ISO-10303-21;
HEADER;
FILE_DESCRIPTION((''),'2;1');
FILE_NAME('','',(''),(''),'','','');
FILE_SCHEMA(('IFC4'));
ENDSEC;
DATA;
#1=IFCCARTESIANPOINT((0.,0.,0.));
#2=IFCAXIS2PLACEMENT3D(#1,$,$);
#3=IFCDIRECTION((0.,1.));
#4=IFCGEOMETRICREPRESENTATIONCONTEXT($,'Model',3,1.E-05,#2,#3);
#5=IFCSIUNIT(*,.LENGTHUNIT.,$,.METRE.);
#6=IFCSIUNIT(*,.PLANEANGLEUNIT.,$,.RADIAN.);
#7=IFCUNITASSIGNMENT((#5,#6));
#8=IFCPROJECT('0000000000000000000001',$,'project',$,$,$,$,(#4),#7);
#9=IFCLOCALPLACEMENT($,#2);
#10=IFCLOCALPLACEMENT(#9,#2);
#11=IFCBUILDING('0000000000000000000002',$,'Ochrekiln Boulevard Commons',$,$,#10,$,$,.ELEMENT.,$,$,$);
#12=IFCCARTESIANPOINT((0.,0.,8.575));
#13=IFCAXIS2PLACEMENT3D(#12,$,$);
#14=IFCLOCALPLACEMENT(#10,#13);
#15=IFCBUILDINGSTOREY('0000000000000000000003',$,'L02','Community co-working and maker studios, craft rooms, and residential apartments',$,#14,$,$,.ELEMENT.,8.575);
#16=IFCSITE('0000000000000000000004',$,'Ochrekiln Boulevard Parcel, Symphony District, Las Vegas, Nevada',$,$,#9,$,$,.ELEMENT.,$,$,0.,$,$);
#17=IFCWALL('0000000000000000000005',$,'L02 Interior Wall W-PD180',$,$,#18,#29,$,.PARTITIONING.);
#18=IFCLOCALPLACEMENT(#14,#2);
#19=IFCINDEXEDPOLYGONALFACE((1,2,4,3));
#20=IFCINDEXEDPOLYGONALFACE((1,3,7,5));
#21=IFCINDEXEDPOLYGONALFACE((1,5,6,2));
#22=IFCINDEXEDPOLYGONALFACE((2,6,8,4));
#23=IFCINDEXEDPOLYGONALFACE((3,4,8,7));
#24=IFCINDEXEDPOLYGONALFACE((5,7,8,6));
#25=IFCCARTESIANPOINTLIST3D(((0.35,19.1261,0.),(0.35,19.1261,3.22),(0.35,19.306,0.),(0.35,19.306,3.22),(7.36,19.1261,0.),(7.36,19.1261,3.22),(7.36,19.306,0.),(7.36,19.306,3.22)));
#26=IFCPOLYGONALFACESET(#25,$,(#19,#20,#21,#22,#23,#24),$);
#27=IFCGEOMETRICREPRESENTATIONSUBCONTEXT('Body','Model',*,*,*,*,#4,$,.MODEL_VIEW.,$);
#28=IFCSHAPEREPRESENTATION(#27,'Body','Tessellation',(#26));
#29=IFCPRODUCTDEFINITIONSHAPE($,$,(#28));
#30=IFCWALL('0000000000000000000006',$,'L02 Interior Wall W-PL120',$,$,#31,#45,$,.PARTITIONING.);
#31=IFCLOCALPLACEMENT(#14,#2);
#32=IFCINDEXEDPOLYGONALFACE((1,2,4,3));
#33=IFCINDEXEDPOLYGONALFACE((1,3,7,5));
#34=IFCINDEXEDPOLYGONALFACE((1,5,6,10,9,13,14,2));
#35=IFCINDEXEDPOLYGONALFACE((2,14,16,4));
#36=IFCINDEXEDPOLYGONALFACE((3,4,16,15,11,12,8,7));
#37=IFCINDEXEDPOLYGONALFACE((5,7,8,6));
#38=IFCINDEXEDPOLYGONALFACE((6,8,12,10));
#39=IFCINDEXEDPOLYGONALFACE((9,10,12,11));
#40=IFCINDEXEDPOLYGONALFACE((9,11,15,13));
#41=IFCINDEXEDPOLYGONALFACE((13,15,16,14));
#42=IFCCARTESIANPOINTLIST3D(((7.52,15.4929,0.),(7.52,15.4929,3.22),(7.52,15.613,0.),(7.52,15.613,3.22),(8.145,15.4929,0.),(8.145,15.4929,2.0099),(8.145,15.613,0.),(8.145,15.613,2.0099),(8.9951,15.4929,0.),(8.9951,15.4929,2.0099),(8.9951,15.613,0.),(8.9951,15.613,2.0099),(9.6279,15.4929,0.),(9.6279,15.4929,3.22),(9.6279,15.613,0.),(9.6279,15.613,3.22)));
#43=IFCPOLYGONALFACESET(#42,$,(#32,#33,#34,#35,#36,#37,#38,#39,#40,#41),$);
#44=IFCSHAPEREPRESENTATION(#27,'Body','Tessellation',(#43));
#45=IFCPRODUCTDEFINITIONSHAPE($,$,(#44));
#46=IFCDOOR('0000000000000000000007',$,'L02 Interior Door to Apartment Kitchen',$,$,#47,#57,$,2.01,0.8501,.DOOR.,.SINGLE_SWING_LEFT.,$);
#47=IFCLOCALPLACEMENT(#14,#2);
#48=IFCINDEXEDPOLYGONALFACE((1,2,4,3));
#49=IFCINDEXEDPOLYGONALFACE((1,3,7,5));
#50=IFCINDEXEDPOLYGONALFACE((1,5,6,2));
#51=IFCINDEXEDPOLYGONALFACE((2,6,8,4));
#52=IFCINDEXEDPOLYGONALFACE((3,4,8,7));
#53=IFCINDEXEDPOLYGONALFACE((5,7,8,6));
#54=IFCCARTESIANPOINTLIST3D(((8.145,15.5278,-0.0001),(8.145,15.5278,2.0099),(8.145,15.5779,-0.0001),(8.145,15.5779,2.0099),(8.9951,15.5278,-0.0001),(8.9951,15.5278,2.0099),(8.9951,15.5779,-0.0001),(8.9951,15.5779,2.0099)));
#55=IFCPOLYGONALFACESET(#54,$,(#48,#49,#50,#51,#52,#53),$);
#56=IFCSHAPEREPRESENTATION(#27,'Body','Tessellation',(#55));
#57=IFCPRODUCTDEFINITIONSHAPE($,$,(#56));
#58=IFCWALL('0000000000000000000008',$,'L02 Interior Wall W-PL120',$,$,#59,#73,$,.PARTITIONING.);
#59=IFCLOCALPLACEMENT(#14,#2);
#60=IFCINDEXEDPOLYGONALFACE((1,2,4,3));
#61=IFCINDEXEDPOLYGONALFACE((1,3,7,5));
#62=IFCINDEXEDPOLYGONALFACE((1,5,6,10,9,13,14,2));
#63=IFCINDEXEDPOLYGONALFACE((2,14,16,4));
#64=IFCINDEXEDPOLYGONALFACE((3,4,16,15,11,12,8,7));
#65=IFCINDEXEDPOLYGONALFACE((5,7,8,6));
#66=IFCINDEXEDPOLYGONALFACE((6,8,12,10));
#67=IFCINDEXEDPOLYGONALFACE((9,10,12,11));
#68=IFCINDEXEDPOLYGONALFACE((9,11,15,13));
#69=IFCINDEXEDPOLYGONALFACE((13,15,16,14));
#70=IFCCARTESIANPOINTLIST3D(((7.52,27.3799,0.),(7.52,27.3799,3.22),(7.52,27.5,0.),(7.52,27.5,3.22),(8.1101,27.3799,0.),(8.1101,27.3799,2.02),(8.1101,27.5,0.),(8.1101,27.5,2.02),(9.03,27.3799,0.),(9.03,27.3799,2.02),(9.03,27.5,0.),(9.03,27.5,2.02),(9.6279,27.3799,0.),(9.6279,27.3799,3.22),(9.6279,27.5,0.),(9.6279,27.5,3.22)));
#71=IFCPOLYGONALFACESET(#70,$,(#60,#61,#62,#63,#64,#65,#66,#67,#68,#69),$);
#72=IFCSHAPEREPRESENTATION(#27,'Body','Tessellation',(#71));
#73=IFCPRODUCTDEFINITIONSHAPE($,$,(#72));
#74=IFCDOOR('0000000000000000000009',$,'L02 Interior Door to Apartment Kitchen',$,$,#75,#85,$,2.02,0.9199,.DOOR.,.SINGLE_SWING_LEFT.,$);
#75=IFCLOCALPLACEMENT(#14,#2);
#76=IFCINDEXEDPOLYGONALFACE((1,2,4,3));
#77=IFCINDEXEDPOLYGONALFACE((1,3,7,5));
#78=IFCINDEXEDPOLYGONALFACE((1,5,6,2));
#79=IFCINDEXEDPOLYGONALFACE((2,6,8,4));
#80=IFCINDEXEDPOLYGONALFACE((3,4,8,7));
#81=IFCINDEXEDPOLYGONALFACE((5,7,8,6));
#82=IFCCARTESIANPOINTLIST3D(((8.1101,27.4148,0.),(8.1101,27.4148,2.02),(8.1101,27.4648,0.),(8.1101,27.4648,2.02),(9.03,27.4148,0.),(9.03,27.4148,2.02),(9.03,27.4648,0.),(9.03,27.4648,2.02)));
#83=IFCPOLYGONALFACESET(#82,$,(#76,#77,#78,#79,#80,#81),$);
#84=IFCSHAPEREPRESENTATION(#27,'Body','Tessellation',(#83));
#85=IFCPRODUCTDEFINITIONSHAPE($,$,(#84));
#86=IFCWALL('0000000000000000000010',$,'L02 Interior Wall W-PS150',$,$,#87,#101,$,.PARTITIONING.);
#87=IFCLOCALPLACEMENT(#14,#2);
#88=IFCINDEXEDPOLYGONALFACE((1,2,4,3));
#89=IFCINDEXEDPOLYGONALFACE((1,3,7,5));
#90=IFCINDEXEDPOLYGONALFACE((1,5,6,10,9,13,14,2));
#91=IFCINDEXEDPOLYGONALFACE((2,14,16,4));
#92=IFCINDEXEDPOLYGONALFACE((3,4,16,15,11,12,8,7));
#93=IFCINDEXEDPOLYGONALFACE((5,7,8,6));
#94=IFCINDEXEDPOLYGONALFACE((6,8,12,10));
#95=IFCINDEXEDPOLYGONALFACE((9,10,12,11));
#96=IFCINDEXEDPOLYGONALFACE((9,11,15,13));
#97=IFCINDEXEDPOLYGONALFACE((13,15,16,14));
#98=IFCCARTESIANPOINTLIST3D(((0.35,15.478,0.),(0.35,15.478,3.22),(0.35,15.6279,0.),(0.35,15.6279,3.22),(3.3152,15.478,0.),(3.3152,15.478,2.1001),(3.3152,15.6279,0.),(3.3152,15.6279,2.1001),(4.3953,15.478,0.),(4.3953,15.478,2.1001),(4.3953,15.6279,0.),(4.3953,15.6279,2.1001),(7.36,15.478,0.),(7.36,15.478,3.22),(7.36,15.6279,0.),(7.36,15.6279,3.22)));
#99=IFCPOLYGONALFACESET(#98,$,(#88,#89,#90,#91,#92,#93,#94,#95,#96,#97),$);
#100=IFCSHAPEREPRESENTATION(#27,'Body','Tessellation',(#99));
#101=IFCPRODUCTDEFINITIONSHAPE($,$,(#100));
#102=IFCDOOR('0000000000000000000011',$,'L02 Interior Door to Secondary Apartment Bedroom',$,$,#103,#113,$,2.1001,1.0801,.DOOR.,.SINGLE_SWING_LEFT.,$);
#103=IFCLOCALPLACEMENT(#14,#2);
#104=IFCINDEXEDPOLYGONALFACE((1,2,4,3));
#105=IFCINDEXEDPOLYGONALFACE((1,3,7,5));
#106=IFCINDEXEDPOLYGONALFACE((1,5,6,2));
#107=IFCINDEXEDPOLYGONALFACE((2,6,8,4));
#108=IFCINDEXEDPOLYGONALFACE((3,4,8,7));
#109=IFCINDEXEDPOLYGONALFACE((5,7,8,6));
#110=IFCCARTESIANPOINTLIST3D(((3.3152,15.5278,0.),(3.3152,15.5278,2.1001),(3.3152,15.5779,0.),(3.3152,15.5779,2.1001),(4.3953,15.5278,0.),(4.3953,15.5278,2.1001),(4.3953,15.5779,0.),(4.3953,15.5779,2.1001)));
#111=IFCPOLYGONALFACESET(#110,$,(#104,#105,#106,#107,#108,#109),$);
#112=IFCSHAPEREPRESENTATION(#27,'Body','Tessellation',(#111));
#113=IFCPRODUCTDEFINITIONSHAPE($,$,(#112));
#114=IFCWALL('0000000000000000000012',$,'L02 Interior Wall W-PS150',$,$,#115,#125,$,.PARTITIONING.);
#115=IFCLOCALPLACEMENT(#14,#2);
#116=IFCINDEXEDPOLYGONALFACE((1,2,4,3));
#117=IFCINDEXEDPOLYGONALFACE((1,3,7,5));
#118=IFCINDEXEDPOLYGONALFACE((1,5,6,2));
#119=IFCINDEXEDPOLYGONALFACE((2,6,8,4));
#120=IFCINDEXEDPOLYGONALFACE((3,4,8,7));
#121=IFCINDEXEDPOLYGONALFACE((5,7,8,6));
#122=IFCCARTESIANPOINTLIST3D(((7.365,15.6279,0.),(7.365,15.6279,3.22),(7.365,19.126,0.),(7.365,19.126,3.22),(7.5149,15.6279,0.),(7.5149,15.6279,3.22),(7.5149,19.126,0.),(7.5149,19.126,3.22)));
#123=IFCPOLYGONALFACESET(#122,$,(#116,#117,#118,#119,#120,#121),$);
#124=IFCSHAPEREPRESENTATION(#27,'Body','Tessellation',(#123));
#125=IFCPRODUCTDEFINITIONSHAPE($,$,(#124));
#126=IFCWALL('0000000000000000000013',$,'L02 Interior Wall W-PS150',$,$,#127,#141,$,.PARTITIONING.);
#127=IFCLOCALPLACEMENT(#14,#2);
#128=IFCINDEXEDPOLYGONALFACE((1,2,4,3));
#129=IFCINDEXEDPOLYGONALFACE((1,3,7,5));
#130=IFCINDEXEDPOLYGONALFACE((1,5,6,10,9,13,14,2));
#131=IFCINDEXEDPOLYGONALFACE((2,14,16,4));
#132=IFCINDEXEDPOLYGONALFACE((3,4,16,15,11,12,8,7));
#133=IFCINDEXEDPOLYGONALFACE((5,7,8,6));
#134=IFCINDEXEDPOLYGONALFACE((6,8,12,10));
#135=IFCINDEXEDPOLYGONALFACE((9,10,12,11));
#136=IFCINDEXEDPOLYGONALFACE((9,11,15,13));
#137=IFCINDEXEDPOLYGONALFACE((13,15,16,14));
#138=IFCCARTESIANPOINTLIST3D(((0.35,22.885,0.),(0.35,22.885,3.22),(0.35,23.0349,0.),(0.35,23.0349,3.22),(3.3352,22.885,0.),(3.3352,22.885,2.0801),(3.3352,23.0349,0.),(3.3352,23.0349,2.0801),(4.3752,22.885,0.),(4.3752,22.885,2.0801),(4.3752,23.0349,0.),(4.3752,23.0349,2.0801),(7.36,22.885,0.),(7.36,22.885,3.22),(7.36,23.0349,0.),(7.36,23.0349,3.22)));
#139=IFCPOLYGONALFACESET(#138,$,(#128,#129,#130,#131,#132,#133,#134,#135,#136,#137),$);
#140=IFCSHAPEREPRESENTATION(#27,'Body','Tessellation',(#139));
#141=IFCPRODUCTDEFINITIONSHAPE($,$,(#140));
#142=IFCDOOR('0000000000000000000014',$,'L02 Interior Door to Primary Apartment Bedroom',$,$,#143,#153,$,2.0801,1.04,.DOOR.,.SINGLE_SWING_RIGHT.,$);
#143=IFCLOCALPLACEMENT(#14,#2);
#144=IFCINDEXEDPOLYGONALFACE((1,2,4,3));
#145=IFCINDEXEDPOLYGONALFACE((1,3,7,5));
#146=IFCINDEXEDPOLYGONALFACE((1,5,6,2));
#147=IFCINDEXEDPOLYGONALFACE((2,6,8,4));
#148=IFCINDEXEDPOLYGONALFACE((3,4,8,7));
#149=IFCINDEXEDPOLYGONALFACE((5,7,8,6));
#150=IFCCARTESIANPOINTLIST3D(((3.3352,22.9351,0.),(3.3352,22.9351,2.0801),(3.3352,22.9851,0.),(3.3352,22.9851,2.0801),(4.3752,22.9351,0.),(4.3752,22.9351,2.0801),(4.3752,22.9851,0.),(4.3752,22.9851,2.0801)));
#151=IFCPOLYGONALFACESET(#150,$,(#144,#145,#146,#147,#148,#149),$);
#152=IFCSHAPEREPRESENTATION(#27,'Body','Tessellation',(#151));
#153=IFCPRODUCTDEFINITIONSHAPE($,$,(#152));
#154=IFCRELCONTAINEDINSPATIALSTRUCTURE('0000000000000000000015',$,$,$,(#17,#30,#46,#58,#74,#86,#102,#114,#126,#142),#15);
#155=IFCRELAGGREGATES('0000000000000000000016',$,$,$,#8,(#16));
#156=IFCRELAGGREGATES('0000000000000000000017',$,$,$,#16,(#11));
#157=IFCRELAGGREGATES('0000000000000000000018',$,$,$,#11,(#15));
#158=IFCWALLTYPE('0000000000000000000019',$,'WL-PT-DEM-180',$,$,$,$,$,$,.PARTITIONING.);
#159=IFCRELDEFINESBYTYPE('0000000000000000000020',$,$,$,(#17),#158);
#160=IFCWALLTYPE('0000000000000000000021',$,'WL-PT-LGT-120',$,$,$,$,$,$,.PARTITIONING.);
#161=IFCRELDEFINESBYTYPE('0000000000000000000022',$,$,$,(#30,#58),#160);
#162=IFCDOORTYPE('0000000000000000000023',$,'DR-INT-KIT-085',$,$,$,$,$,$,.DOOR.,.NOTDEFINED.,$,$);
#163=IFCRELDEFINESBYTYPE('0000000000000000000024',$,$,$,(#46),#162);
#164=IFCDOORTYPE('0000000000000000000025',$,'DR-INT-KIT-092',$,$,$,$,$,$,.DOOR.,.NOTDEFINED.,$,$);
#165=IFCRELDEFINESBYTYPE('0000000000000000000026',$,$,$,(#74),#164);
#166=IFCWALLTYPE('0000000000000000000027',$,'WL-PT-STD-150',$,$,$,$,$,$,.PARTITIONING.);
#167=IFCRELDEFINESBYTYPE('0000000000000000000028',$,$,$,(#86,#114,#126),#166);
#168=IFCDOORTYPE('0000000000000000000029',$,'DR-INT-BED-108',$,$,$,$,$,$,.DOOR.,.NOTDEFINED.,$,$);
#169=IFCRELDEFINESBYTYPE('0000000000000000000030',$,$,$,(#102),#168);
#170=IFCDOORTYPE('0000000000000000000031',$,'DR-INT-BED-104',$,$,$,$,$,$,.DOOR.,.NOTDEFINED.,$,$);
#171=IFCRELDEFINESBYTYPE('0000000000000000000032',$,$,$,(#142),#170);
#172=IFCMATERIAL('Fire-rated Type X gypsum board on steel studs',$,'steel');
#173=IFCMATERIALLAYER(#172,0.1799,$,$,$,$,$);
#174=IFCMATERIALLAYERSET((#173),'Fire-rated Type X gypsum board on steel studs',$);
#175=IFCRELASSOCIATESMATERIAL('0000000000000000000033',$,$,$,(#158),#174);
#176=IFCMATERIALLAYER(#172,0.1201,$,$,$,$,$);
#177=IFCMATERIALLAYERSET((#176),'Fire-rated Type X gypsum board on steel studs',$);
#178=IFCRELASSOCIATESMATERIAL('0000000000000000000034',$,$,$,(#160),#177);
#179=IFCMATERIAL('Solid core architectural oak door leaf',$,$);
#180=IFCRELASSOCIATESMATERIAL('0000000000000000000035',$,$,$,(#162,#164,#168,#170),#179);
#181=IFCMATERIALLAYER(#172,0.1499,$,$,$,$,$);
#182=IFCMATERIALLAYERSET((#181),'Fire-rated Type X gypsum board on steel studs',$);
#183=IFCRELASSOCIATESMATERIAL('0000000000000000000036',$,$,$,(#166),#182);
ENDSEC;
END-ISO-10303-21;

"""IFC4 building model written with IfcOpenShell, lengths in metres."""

from ifc_helpers import new_model, si_unit, direction, frame, frame_2d, origin, place, context, subcontext, project, spatial, rectangle, extrude, material, layer, layer_set, type_object, element, fill, save


model = new_model("IFC4")

# Units and contexts
model_context = context("Model", 3, precision=1e-05, world=origin(), true_north=direction((0.0, 1.0)))
body_context = subcontext(model_context, "Body", "Model", "MODEL_VIEW")
ifc_project = project(units=[si_unit("LENGTHUNIT", "METRE"), si_unit("PLANEANGLEUNIT", "RADIAN")], contexts=[model_context])

# Site, building, storey
site_placement = place(None, origin())
site = spatial("IfcSite", under=ifc_project, at=site_placement, Name="Ochrekiln Boulevard Parcel, Symphony District, Las Vegas, Nevada", CompositionType="ELEMENT", RefElevation=0.0)
building_placement = place(site_placement, origin())
building = spatial("IfcBuilding", under=site, at=building_placement, Name="Ochrekiln Boulevard Commons", CompositionType="ELEMENT")
storey_placement = place(building_placement, frame((0.0, 0.0, 8.575)))
storey = spatial("IfcBuildingStorey", under=building, at=storey_placement, Name="L02", Description="Community co-working and maker studios, craft rooms, and residential apartments", CompositionType="ELEMENT", Elevation=8.575)

# Shared definitions
ifc_material_1 = material(Name="Solid core architectural oak door leaf")

# Wall
ifc_material_2 = material(Name="Fire-rated Type X gypsum board on steel studs", Category="steel")
ifc_layer_1 = layer(ifc_material_2, 0.1799)
ifc_layer_set_1 = layer_set([ifc_layer_1], Name="Fire-rated Type X gypsum board on steel studs")
wall_type_1 = type_object("IfcWallType", Name="WL-PT-DEM-180", PredefinedType="PARTITIONING", material=ifc_layer_set_1)
wall_1_placement = place(storey_placement, frame((0.3501, 19.2161, 0.0), z_axis=(0.0, 0.0, 1.0), x_axis=(1.0, 0.0, 0.0)))
element("IfcWall", 1, at=wall_1_placement, inside=storey, type_object=wall_type_1, Name="L02 Interior Wall W-PD180", PredefinedType="PARTITIONING", context=body_context, shape_type="SweptSolid", body=[
    extrude(rectangle(XDim=7.01, YDim=0.1799, at=frame_2d((3.5049, 0.0))), origin(), (0.0, 0.0, 1.0), 3.22),
])

# Walls, openings, doors
ifc_layer_2 = layer(ifc_material_2, 0.1201)
ifc_layer_set_2 = layer_set([ifc_layer_2], Name="Fire-rated Type X gypsum board on steel studs")
wall_type_2 = type_object("IfcWallType", Name="WL-PT-LGT-120", PredefinedType="PARTITIONING", material=ifc_layer_set_2)
wall_2_placement = place(storey_placement, frame((7.52, 15.553, 0.0), z_axis=(0.0, 0.0, 1.0), x_axis=(1.0, 0.0, 0.0)))
wall_2 = element("IfcWall", 2, at=wall_2_placement, inside=storey, type_object=wall_type_2, Name="L02 Interior Wall W-PL120", PredefinedType="PARTITIONING", context=body_context, shape_type="SweptSolid", body=[
    extrude(rectangle(XDim=2.1079, YDim=0.1201, at=frame_2d((1.054, 0.0))), origin(), (0.0, 0.0, 1.0), 3.22),
])
opening_1_placement = place(wall_2_placement, frame((0.625, 0.0, 0.0)))
opening_1 = element("IfcOpeningElement", 3, at=opening_1_placement, cuts=wall_2, PredefinedType="OPENING", context=body_context, shape_type="SweptSolid", body=[
    extrude(rectangle(XDim=0.8501, YDim=2.01, at=frame_2d((0.425, 1.0049))), frame((0.0, 0.0701, 0.0), z_axis=(0.0, -1.0, 0.0), x_axis=(1.0, 0.0, 0.0)), (0.0, 0.0, 1.0), 0.1401),
])
door_type_1 = type_object("IfcDoorType", Name="DR-INT-KIT-085", OperationType="NOTDEFINED", PredefinedType="DOOR", material=ifc_material_1)
door_1_placement = place(opening_1_placement, origin())
door_1 = element("IfcDoor", 4, at=door_1_placement, inside=storey, type_object=door_type_1, Name="L02 Interior Door to Apartment Kitchen", OperationType="SINGLE_SWING_LEFT", OverallHeight=2.01, OverallWidth=0.8501, PredefinedType="DOOR", context=body_context, shape_type="SweptSolid", body=[
    extrude(rectangle(XDim=0.8501, YDim=2.01, at=frame_2d((0.425, 1.0049))), frame((0.0, 0.0249, 0.0), z_axis=(0.0, -1.0, 0.0), x_axis=(1.0, 0.0, 0.0)), (0.0, 0.0, 1.0), 0.05),
])
fill(opening_1, door_1)
wall_3_placement = place(storey_placement, frame((7.52, 27.4399, 0.0), z_axis=(0.0, 0.0, 1.0), x_axis=(1.0, 0.0, 0.0)))
wall_3 = element("IfcWall", 5, at=wall_3_placement, inside=storey, type_object=wall_type_2, Name="L02 Interior Wall W-PL120", PredefinedType="PARTITIONING", context=body_context, shape_type="SweptSolid", body=[
    extrude(rectangle(XDim=2.1079, YDim=0.1201, at=frame_2d((1.054, 0.0))), origin(), (0.0, 0.0, 1.0), 3.22),
])
opening_2_placement = place(wall_3_placement, frame((0.5901, 0.0, 0.0)))
opening_2 = element("IfcOpeningElement", 6, at=opening_2_placement, cuts=wall_3, PredefinedType="OPENING", context=body_context, shape_type="SweptSolid", body=[
    extrude(rectangle(XDim=0.9199, YDim=2.02, at=frame_2d((0.46, 1.01))), frame((0.0, 0.0701, 0.0), z_axis=(0.0, -1.0, 0.0), x_axis=(1.0, 0.0, 0.0)), (0.0, 0.0, 1.0), 0.1401),
])
door_type_2 = type_object("IfcDoorType", Name="DR-INT-KIT-092", OperationType="NOTDEFINED", PredefinedType="DOOR", material=ifc_material_1)
door_2_placement = place(opening_2_placement, origin())
door_2 = element("IfcDoor", 7, at=door_2_placement, inside=storey, type_object=door_type_2, Name="L02 Interior Door to Apartment Kitchen", OperationType="SINGLE_SWING_LEFT", OverallHeight=2.02, OverallWidth=0.9199, PredefinedType="DOOR", context=body_context, shape_type="SweptSolid", body=[
    extrude(rectangle(XDim=0.9199, YDim=2.02, at=frame_2d((0.46, 1.01))), frame((0.0, 0.0249, 0.0), z_axis=(0.0, -1.0, 0.0), x_axis=(1.0, 0.0, 0.0)), (0.0, 0.0, 1.0), 0.05),
])
fill(opening_2, door_2)
ifc_layer_3 = layer(ifc_material_2, 0.1499)
ifc_layer_set_3 = layer_set([ifc_layer_3], Name="Fire-rated Type X gypsum board on steel studs")
wall_type_3 = type_object("IfcWallType", Name="WL-PT-STD-150", PredefinedType="PARTITIONING", material=ifc_layer_set_3)
wall_4_placement = place(storey_placement, frame((0.3501, 15.553, 0.0), z_axis=(0.0, 0.0, 1.0), x_axis=(1.0, 0.0, 0.0)))
wall_4 = element("IfcWall", 8, at=wall_4_placement, inside=storey, type_object=wall_type_3, Name="L02 Interior Wall W-PS150", PredefinedType="PARTITIONING", context=body_context, shape_type="SweptSolid", body=[
    extrude(rectangle(XDim=7.01, YDim=0.1499, at=frame_2d((3.5049, 0.0))), origin(), (0.0, 0.0, 1.0), 3.22),
])
opening_3_placement = place(wall_4_placement, frame((2.9651, 0.0, 0.0)))
opening_3 = element("IfcOpeningElement", 9, at=opening_3_placement, cuts=wall_4, PredefinedType="OPENING", context=body_context, shape_type="SweptSolid", body=[
    extrude(rectangle(XDim=1.0801, YDim=2.1001, at=frame_2d((0.54, 1.05))), frame((0.0, 0.085, 0.0), z_axis=(0.0, -1.0, 0.0), x_axis=(1.0, 0.0, 0.0)), (0.0, 0.0, 1.0), 0.1699),
])
door_type_3 = type_object("IfcDoorType", Name="DR-INT-BED-108", OperationType="NOTDEFINED", PredefinedType="DOOR", material=ifc_material_1)
door_3_placement = place(opening_3_placement, origin())
door_3 = element("IfcDoor", 10, at=door_3_placement, inside=storey, type_object=door_type_3, Name="L02 Interior Door to Secondary Apartment Bedroom", OperationType="SINGLE_SWING_LEFT", OverallHeight=2.1001, OverallWidth=1.0801, PredefinedType="DOOR", context=body_context, shape_type="SweptSolid", body=[
    extrude(rectangle(XDim=1.0801, YDim=2.1001, at=frame_2d((0.54, 1.05))), frame((0.0, 0.0249, 0.0), z_axis=(0.0, -1.0, 0.0), x_axis=(1.0, 0.0, 0.0)), (0.0, 0.0, 1.0), 0.05),
])
fill(opening_3, door_3)

# Wall
wall_5_placement = place(storey_placement, frame((7.4399, 15.6279, 0.0), z_axis=(0.0, 0.0, 1.0), x_axis=(0.0, 1.0, 0.0)))
element("IfcWall", 11, at=wall_5_placement, inside=storey, type_object=wall_type_3, Name="L02 Interior Wall W-PS150", PredefinedType="PARTITIONING", context=body_context, shape_type="SweptSolid", body=[
    extrude(rectangle(XDim=3.498, YDim=0.1499, at=frame_2d((1.749, 0.0))), origin(), (0.0, 0.0, 1.0), 3.22),
])

# Wall, opening, door
wall_6_placement = place(storey_placement, frame((0.3501, 22.96, 0.0), z_axis=(0.0, 0.0, 1.0), x_axis=(1.0, 0.0, 0.0)))
wall_6 = element("IfcWall", 12, at=wall_6_placement, inside=storey, type_object=wall_type_3, Name="L02 Interior Wall W-PS150", PredefinedType="PARTITIONING", context=body_context, shape_type="SweptSolid", body=[
    extrude(rectangle(XDim=7.01, YDim=0.1499, at=frame_2d((3.5049, 0.0))), origin(), (0.0, 0.0, 1.0), 3.22),
])
opening_4_placement = place(wall_6_placement, frame((2.9851, 0.0, 0.0)))
opening_4 = element("IfcOpeningElement", 13, at=opening_4_placement, cuts=wall_6, PredefinedType="OPENING", context=body_context, shape_type="SweptSolid", body=[
    extrude(rectangle(XDim=1.04, YDim=2.0801, at=frame_2d((0.52, 1.04))), frame((0.0, 0.085, 0.0), z_axis=(0.0, -1.0, 0.0), x_axis=(1.0, 0.0, 0.0)), (0.0, 0.0, 1.0), 0.1699),
])
door_type_4 = type_object("IfcDoorType", Name="DR-INT-BED-104", OperationType="NOTDEFINED", PredefinedType="DOOR", material=ifc_material_1)
door_4_placement = place(opening_4_placement, frame((1.04, 0.0, 0.0), z_axis=(0.0, 0.0, 1.0), x_axis=(-1.0, 0.0, 0.0)))
door_4 = element("IfcDoor", 14, at=door_4_placement, inside=storey, type_object=door_type_4, Name="L02 Interior Door to Primary Apartment Bedroom", OperationType="SINGLE_SWING_RIGHT", OverallHeight=2.0801, OverallWidth=1.04, PredefinedType="DOOR", context=body_context, shape_type="SweptSolid", body=[
    extrude(rectangle(XDim=1.04, YDim=2.0801, at=frame_2d((0.52, 1.04))), frame((0.0, 0.0249, 0.0), z_axis=(0.0, -1.0, 0.0), x_axis=(1.0, 0.0, 0.0)), (0.0, 0.0, 1.0), 0.05),
])
fill(opening_4, door_4)

save(model, "model.ifc")
